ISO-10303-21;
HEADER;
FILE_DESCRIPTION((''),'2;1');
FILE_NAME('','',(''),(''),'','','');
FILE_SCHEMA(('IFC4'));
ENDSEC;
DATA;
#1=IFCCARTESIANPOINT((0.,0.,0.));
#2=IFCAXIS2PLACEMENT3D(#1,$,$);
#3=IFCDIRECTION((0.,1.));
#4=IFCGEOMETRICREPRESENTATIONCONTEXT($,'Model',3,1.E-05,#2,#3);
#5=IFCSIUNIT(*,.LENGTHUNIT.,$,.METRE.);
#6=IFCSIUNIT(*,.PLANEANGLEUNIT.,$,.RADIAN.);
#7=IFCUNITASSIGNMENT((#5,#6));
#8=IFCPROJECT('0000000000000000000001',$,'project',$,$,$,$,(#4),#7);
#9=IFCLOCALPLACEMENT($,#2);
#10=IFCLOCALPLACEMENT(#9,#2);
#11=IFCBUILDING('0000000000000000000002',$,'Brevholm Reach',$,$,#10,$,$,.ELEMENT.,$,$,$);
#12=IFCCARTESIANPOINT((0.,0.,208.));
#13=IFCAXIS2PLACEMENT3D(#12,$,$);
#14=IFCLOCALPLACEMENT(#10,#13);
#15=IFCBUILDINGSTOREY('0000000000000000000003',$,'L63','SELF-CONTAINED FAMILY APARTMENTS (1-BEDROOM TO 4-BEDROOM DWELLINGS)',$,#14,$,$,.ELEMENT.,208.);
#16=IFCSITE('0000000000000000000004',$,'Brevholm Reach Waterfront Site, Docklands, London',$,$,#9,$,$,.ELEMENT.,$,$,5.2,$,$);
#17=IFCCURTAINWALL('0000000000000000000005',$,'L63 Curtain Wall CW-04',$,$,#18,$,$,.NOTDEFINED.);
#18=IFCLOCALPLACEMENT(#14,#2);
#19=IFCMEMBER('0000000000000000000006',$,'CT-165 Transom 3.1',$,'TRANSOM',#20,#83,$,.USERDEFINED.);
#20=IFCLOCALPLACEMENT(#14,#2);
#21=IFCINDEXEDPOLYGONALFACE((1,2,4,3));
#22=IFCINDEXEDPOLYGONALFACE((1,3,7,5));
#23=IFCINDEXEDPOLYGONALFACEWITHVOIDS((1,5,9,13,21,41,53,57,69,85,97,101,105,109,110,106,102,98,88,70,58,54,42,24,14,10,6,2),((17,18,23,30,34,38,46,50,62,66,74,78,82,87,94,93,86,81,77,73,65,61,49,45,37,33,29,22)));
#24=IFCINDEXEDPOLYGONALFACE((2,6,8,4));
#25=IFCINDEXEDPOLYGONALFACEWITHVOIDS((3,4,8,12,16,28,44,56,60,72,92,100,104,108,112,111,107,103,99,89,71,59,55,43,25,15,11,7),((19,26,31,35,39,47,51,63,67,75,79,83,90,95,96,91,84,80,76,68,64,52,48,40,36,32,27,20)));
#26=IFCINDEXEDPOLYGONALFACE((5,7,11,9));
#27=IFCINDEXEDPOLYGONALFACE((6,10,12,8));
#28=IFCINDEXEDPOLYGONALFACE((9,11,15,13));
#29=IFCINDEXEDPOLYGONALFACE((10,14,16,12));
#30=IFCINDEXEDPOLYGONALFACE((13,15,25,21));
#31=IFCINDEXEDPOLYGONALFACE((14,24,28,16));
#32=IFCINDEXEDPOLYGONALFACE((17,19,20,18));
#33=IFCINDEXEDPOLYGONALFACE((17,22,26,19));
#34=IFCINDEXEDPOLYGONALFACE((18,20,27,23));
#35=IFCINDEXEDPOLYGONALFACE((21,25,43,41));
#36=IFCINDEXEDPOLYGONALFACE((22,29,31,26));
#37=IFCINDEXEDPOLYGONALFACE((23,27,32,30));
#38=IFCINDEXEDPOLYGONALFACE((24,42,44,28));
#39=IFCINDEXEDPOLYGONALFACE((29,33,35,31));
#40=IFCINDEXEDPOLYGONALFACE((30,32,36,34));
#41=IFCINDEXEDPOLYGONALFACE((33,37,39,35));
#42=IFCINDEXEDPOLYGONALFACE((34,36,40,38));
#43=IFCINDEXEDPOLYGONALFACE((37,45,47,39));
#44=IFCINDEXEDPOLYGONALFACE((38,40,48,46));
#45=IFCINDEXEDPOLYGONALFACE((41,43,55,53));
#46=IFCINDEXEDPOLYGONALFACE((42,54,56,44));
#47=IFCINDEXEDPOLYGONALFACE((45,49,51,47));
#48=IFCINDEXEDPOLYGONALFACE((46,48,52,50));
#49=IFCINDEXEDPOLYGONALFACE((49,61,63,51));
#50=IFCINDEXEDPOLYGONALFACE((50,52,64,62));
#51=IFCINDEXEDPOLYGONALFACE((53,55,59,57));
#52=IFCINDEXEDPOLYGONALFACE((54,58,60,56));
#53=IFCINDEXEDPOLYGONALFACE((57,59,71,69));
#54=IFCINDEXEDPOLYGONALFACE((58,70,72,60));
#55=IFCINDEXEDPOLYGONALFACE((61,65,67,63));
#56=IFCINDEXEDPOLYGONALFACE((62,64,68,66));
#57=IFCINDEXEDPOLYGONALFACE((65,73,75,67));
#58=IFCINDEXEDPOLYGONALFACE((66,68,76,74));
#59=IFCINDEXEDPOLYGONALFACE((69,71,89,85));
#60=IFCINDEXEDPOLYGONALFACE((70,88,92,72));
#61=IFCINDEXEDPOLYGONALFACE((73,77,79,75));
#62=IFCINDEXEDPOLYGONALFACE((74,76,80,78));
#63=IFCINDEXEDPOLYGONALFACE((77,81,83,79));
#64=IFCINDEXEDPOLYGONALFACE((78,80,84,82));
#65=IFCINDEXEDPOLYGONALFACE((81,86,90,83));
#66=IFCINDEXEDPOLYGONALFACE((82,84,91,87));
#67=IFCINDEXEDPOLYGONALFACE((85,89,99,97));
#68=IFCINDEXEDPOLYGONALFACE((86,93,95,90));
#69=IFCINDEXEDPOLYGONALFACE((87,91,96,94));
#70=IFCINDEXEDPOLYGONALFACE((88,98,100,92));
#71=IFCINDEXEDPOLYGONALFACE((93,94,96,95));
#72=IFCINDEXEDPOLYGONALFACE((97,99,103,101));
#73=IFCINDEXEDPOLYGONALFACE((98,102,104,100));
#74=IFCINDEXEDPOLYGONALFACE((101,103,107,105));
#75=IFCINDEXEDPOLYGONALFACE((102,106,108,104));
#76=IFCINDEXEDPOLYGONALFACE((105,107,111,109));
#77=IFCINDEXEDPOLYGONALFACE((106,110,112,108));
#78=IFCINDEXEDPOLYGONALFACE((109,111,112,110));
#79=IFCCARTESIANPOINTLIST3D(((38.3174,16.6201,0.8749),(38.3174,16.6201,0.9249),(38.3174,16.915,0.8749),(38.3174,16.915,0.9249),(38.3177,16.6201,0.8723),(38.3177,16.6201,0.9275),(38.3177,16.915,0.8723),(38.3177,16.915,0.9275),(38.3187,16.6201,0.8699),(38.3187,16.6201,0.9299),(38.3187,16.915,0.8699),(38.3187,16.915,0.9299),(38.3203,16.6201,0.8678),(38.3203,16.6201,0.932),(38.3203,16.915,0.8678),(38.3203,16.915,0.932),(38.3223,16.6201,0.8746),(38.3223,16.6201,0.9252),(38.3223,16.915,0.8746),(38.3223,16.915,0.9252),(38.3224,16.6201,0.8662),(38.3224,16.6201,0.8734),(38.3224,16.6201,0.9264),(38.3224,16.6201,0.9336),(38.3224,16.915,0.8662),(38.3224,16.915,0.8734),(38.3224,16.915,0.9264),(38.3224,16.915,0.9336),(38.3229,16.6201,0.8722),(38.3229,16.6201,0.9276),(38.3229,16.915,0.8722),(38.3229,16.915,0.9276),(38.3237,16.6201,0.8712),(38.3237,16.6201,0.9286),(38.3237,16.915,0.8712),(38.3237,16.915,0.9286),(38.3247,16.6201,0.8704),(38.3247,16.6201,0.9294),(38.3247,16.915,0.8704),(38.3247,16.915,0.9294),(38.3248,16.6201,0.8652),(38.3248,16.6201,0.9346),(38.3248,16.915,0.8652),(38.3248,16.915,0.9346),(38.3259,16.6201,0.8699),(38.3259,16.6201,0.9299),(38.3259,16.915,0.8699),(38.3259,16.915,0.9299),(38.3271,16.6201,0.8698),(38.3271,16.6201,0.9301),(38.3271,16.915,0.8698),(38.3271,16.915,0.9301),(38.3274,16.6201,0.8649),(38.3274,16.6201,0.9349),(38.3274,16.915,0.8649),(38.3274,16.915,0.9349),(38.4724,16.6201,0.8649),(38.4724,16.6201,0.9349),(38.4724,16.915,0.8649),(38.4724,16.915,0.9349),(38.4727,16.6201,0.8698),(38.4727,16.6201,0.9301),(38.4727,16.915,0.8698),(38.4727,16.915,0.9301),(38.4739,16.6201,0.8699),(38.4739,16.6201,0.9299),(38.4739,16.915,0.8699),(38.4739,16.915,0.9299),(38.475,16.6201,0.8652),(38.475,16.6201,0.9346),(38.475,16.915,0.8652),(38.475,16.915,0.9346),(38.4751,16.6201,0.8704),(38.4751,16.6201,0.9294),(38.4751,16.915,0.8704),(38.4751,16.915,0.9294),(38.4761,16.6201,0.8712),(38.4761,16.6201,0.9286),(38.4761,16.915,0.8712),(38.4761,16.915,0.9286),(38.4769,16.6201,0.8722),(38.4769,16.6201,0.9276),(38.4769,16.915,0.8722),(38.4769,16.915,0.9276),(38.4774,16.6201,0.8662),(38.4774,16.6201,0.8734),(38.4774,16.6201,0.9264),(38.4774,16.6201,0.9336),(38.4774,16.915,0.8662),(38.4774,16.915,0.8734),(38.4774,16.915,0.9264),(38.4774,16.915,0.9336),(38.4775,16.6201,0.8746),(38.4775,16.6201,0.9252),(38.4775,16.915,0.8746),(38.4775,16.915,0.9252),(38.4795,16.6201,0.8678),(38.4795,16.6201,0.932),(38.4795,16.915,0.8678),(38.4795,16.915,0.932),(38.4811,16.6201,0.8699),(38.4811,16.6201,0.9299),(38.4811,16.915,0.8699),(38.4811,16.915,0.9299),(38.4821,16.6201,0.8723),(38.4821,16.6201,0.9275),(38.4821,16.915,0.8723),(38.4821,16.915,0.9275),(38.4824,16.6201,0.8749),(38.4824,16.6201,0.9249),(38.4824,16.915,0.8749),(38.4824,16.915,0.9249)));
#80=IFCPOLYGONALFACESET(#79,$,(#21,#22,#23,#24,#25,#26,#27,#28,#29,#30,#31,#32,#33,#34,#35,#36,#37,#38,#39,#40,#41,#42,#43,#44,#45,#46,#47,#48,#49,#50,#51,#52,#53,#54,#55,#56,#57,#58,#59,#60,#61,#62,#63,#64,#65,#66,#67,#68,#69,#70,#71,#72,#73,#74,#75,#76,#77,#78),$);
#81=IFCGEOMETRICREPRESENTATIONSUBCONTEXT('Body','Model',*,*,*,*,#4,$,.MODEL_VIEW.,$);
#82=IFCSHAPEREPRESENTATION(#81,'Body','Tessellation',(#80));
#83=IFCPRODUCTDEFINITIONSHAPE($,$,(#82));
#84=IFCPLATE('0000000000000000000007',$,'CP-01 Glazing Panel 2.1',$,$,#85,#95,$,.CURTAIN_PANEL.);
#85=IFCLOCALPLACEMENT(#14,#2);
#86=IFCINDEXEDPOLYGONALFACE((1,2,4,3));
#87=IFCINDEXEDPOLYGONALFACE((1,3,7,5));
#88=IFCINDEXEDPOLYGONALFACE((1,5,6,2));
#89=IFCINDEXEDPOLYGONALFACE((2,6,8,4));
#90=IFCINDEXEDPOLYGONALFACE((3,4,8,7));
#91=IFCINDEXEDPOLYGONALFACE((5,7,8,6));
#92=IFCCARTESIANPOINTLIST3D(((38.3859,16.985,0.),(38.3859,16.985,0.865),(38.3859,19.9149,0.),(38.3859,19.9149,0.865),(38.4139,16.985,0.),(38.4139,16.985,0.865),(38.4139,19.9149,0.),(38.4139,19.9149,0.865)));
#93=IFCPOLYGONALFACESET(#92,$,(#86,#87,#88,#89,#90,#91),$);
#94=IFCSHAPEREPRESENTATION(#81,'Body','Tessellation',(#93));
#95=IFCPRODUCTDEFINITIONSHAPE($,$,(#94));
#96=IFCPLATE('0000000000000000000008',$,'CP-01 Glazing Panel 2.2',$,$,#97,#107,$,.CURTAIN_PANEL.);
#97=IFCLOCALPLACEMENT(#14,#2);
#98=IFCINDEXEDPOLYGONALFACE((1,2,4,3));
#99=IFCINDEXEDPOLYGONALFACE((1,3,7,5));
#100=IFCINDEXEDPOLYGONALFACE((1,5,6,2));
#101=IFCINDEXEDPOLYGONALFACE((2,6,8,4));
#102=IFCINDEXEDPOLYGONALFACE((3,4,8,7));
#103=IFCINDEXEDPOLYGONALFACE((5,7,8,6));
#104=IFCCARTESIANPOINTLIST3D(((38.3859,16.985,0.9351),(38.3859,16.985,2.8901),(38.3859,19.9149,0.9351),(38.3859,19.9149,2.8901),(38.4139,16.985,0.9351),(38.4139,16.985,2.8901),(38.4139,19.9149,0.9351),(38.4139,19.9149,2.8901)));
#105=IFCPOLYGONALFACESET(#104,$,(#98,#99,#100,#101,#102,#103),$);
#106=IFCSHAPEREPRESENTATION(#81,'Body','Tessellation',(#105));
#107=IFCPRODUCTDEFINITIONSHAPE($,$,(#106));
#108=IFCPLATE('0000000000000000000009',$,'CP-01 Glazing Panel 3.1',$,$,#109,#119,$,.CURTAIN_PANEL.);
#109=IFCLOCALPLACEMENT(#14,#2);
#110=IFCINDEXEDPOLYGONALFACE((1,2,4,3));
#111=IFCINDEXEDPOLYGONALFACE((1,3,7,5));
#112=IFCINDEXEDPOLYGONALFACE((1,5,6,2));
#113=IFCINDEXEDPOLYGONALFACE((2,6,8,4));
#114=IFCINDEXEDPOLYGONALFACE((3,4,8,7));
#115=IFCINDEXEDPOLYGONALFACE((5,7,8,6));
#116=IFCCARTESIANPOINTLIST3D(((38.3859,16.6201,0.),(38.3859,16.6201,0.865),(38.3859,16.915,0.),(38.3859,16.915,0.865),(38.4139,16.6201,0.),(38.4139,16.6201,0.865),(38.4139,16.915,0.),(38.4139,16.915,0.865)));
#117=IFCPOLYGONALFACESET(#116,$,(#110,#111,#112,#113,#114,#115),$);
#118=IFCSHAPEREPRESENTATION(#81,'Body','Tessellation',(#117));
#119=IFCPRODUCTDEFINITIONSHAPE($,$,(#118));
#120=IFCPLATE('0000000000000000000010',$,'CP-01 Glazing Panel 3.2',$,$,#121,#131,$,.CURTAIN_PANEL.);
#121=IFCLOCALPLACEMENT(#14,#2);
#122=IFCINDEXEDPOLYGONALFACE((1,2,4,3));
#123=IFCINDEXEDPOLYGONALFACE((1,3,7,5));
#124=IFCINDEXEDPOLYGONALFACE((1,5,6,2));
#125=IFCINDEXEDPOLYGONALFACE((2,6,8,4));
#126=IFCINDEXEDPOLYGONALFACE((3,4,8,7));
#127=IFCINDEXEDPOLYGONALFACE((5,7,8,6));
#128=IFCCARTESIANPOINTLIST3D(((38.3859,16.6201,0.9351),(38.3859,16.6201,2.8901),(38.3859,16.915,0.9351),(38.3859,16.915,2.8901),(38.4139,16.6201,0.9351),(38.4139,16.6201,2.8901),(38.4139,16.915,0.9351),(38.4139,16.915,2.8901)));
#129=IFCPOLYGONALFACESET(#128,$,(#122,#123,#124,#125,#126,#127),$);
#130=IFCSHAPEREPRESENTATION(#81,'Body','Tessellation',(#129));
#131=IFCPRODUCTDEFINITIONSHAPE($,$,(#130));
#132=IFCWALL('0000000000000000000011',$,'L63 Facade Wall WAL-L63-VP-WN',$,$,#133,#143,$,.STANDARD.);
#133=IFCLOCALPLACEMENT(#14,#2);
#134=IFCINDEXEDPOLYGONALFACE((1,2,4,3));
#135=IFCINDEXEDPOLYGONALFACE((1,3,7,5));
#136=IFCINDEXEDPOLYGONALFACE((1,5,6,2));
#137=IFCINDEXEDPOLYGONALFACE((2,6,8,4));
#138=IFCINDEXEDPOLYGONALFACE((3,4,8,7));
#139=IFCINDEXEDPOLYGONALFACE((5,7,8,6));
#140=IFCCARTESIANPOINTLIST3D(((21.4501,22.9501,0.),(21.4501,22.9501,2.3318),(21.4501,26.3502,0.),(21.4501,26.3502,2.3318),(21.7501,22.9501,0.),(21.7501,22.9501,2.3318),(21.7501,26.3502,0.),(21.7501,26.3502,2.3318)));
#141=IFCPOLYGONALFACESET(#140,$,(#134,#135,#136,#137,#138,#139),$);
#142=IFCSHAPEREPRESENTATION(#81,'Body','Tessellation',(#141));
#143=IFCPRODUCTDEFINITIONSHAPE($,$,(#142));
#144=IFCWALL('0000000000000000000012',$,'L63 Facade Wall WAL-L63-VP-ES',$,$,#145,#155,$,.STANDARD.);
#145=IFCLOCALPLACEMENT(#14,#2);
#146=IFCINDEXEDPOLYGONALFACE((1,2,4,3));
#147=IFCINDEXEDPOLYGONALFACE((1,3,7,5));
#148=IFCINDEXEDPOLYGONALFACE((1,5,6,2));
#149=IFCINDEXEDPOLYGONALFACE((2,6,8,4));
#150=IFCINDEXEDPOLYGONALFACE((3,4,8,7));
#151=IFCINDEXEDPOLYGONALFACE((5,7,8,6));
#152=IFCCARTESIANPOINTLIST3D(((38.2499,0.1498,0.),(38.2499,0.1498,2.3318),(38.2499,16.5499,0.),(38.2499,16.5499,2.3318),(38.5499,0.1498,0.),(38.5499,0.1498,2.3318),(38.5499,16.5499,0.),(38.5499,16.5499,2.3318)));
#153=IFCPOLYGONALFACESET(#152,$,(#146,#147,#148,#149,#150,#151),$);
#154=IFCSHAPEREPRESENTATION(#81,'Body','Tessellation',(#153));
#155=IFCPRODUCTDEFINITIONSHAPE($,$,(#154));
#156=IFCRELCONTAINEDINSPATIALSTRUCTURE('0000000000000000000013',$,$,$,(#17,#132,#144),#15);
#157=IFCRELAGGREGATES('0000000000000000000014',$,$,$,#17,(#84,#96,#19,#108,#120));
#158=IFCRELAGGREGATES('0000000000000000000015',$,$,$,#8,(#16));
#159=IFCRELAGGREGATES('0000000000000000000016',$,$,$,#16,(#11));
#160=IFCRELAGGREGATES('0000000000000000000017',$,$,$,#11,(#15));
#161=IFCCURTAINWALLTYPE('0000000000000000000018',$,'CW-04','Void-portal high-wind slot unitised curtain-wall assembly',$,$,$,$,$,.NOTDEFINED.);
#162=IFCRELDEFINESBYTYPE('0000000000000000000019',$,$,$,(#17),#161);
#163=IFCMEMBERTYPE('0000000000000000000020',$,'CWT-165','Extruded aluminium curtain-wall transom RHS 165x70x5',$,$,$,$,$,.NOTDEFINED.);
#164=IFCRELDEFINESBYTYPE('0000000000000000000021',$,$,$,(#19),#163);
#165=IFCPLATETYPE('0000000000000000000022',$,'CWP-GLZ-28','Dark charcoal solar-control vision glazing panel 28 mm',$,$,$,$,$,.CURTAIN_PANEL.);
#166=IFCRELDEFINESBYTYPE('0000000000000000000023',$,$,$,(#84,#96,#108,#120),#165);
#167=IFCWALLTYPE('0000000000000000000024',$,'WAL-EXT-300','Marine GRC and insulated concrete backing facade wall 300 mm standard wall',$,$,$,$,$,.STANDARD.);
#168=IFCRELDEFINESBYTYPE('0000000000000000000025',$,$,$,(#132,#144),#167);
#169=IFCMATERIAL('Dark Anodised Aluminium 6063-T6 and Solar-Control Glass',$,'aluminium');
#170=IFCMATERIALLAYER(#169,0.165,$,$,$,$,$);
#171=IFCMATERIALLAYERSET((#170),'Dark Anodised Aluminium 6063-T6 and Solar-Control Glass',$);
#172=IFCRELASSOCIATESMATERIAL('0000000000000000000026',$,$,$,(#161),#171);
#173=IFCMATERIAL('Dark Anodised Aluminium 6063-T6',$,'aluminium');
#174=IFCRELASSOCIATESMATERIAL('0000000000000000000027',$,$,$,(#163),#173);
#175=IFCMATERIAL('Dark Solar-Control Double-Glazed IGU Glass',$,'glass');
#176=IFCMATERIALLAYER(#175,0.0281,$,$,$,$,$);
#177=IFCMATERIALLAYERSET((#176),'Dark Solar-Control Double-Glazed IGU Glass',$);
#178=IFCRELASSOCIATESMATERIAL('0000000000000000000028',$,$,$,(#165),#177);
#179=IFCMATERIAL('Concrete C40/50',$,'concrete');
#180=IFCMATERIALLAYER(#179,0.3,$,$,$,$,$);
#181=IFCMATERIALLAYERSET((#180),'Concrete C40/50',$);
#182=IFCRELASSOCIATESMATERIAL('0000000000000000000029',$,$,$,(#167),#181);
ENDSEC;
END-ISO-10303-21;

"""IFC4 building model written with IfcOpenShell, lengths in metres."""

from ifc_helpers import new_model, si_unit, direction, frame, frame_2d, origin, origin_2d, place, context, subcontext, project, spatial, rectangle, hollow_rectangle, extrude, material, layer, layer_set, material_profile, profile_set, type_object, element, aggregate, save


model = new_model("IFC4")

# Units and contexts
model_context = context("Model", 3, precision=1e-05, world=origin(), true_north=direction((0.0, 1.0)))
body_context = subcontext(model_context, "Body", "Model", "MODEL_VIEW")
ifc_project = project(units=[si_unit("LENGTHUNIT", "METRE"), si_unit("PLANEANGLEUNIT", "RADIAN")], contexts=[model_context])

# Site, building, storey
site_placement = place(None, origin())
site = spatial("IfcSite", under=ifc_project, at=site_placement, Name="Brevholm Reach Waterfront Site, Docklands, London", CompositionType="ELEMENT", RefElevation=5.2)
building_placement = place(site_placement, origin())
building = spatial("IfcBuilding", under=site, at=building_placement, Name="Brevholm Reach", CompositionType="ELEMENT")
storey_placement = place(building_placement, frame((0.0, 0.0, 208.0)))
storey = spatial("IfcBuildingStorey", under=building, at=storey_placement, Name="L63", Description="SELF-CONTAINED FAMILY APARTMENTS (1-BEDROOM TO 4-BEDROOM DWELLINGS)", CompositionType="ELEMENT", Elevation=208.0)

# Curtain wall, member, plates
ifc_material_1 = material(Name="Dark Anodised Aluminium 6063-T6 and Solar-Control Glass", Category="aluminium")
ifc_layer_1 = layer(ifc_material_1, 0.165)
ifc_layer_set_1 = layer_set([ifc_layer_1], Name="Dark Anodised Aluminium 6063-T6 and Solar-Control Glass")
curtain_wall_type = type_object("IfcCurtainWallType", Name="CW-04", Description="Void-portal high-wind slot unitised curtain-wall assembly", PredefinedType="NOTDEFINED", material=ifc_layer_set_1)
curtain_wall_placement = place(storey_placement, origin())
curtain_wall = element("IfcCurtainWall", 1, at=curtain_wall_placement, inside=storey, type_object=curtain_wall_type, Name="L63 Curtain Wall CW-04", PredefinedType="NOTDEFINED")
ifc_material_2 = material(Name="Dark Anodised Aluminium 6063-T6", Category="aluminium")
ifc_material_profile_1 = material_profile(ifc_material_2, hollow_rectangle(XDim=0.0701, YDim=0.165, WallThickness=0.0049, InnerFilletRadius=0.0049, OuterFilletRadius=0.01, at=origin_2d()), Name="RHS 165x70x5")
ifc_profile_set_1 = profile_set([ifc_material_profile_1], Name="Dark Anodised Aluminium 6063-T6")
member_type_1 = type_object("IfcMemberType", Name="CWT-165", Description="Extruded aluminium curtain-wall transom RHS 165x70x5", PredefinedType="NOTDEFINED", material=ifc_profile_set_1)
member_1_placement = place(storey_placement, frame((38.3999, 16.915, 0.8999), z_axis=(0.0, -1.0, 0.0), x_axis=(0.0, 0.0, 1.0)))
member_1 = element("IfcMember", 2, at=member_1_placement, type_object=member_type_1, Name="CT-165 Transom 3.1", ObjectType="TRANSOM", PredefinedType="USERDEFINED", context=body_context, shape_type="SweptSolid", body=[
    extrude(hollow_rectangle(XDim=0.0701, YDim=0.165, WallThickness=0.0049, InnerFilletRadius=0.0049, OuterFilletRadius=0.01, at=origin_2d()), origin(), (0.0, 0.0, 1.0), 0.2949),
])
ifc_material_3 = material(Name="Dark Solar-Control Double-Glazed IGU Glass", Category="glass")
ifc_layer_2 = layer(ifc_material_3, 0.0281)
ifc_layer_set_2 = layer_set([ifc_layer_2], Name="Dark Solar-Control Double-Glazed IGU Glass")
plate_type = type_object("IfcPlateType", Name="CWP-GLZ-28", Description="Dark charcoal solar-control vision glazing panel 28 mm", PredefinedType="CURTAIN_PANEL", material=ifc_layer_set_2)
plate_1_placement = place(storey_placement, frame((38.3999, 18.45, 0.0), z_axis=(0.0, 0.0, 1.0), x_axis=(0.0, -1.0, 0.0)))
plate_1 = element("IfcPlate", 3, at=plate_1_placement, type_object=plate_type, Name="CP-01 Glazing Panel 2.1", PredefinedType="CURTAIN_PANEL", context=body_context, shape_type="SweptSolid", body=[
    extrude(rectangle(XDim=2.9299, YDim=0.0281, at=origin_2d()), origin(), (0.0, 0.0, 1.0), 0.865),
])
plate_2_placement = place(storey_placement, frame((38.3999, 18.45, 0.9351), z_axis=(0.0, 0.0, 1.0), x_axis=(0.0, -1.0, 0.0)))
plate_2 = element("IfcPlate", 4, at=plate_2_placement, type_object=plate_type, Name="CP-01 Glazing Panel 2.2", PredefinedType="CURTAIN_PANEL", context=body_context, shape_type="SweptSolid", body=[
    extrude(rectangle(XDim=2.9299, YDim=0.0281, at=origin_2d()), origin(), (0.0, 0.0, 1.0), 1.9551),
])
plate_3_placement = place(storey_placement, frame((38.3999, 16.7676, 0.0), z_axis=(0.0, 0.0, 1.0), x_axis=(0.0, -1.0, 0.0)))
plate_3 = element("IfcPlate", 5, at=plate_3_placement, type_object=plate_type, Name="CP-01 Glazing Panel 3.1", PredefinedType="CURTAIN_PANEL", context=body_context, shape_type="SweptSolid", body=[
    extrude(rectangle(XDim=0.2949, YDim=0.0281, at=origin_2d()), origin(), (0.0, 0.0, 1.0), 0.865),
])
plate_4_placement = place(storey_placement, frame((38.3999, 16.7676, 0.9351), z_axis=(0.0, 0.0, 1.0), x_axis=(0.0, -1.0, 0.0)))
plate_4 = element("IfcPlate", 6, at=plate_4_placement, type_object=plate_type, Name="CP-01 Glazing Panel 3.2", PredefinedType="CURTAIN_PANEL", context=body_context, shape_type="SweptSolid", body=[
    extrude(rectangle(XDim=0.2949, YDim=0.0281, at=origin_2d()), origin(), (0.0, 0.0, 1.0), 1.9551),
])
aggregate(curtain_wall, [plate_1, plate_2, member_1, plate_3, plate_4])

# Walls
ifc_material_4 = material(Name="Concrete C40/50", Category="concrete")
ifc_layer_3 = layer(ifc_material_4, 0.3)
ifc_layer_set_3 = layer_set([ifc_layer_3], Name="Concrete C40/50")
wall_type = type_object("IfcWallType", Name="WAL-EXT-300", Description="Marine GRC and insulated concrete backing facade wall 300 mm standard wall", PredefinedType="STANDARD", material=ifc_layer_set_3)
wall_1_placement = place(storey_placement, frame((21.6001, 22.95, 0.0), z_axis=(0.0, 0.0, 1.0), x_axis=(0.0, 1.0, 0.0)))
element("IfcWall", 7, at=wall_1_placement, inside=storey, type_object=wall_type, Name="L63 Facade Wall WAL-L63-VP-WN", PredefinedType="STANDARD", context=body_context, shape_type="SweptSolid", body=[
    extrude(rectangle(XDim=3.4001, YDim=0.3, at=frame_2d((1.7002, 0.0))), origin(), (0.0, 0.0, 1.0), 2.3318),
])
wall_2_placement = place(storey_placement, frame((38.3999, 16.55, 0.0), z_axis=(0.0, 0.0, 1.0), x_axis=(0.0, -1.0, 0.0)))
element("IfcWall", 8, at=wall_2_placement, inside=storey, type_object=wall_type, Name="L63 Facade Wall WAL-L63-VP-ES", PredefinedType="STANDARD", context=body_context, shape_type="SweptSolid", body=[
    extrude(rectangle(XDim=16.4001, YDim=0.3, at=frame_2d((8.2002, 0.0))), origin(), (0.0, 0.0, 1.0), 2.3318),
])

save(model, "model.ifc")
